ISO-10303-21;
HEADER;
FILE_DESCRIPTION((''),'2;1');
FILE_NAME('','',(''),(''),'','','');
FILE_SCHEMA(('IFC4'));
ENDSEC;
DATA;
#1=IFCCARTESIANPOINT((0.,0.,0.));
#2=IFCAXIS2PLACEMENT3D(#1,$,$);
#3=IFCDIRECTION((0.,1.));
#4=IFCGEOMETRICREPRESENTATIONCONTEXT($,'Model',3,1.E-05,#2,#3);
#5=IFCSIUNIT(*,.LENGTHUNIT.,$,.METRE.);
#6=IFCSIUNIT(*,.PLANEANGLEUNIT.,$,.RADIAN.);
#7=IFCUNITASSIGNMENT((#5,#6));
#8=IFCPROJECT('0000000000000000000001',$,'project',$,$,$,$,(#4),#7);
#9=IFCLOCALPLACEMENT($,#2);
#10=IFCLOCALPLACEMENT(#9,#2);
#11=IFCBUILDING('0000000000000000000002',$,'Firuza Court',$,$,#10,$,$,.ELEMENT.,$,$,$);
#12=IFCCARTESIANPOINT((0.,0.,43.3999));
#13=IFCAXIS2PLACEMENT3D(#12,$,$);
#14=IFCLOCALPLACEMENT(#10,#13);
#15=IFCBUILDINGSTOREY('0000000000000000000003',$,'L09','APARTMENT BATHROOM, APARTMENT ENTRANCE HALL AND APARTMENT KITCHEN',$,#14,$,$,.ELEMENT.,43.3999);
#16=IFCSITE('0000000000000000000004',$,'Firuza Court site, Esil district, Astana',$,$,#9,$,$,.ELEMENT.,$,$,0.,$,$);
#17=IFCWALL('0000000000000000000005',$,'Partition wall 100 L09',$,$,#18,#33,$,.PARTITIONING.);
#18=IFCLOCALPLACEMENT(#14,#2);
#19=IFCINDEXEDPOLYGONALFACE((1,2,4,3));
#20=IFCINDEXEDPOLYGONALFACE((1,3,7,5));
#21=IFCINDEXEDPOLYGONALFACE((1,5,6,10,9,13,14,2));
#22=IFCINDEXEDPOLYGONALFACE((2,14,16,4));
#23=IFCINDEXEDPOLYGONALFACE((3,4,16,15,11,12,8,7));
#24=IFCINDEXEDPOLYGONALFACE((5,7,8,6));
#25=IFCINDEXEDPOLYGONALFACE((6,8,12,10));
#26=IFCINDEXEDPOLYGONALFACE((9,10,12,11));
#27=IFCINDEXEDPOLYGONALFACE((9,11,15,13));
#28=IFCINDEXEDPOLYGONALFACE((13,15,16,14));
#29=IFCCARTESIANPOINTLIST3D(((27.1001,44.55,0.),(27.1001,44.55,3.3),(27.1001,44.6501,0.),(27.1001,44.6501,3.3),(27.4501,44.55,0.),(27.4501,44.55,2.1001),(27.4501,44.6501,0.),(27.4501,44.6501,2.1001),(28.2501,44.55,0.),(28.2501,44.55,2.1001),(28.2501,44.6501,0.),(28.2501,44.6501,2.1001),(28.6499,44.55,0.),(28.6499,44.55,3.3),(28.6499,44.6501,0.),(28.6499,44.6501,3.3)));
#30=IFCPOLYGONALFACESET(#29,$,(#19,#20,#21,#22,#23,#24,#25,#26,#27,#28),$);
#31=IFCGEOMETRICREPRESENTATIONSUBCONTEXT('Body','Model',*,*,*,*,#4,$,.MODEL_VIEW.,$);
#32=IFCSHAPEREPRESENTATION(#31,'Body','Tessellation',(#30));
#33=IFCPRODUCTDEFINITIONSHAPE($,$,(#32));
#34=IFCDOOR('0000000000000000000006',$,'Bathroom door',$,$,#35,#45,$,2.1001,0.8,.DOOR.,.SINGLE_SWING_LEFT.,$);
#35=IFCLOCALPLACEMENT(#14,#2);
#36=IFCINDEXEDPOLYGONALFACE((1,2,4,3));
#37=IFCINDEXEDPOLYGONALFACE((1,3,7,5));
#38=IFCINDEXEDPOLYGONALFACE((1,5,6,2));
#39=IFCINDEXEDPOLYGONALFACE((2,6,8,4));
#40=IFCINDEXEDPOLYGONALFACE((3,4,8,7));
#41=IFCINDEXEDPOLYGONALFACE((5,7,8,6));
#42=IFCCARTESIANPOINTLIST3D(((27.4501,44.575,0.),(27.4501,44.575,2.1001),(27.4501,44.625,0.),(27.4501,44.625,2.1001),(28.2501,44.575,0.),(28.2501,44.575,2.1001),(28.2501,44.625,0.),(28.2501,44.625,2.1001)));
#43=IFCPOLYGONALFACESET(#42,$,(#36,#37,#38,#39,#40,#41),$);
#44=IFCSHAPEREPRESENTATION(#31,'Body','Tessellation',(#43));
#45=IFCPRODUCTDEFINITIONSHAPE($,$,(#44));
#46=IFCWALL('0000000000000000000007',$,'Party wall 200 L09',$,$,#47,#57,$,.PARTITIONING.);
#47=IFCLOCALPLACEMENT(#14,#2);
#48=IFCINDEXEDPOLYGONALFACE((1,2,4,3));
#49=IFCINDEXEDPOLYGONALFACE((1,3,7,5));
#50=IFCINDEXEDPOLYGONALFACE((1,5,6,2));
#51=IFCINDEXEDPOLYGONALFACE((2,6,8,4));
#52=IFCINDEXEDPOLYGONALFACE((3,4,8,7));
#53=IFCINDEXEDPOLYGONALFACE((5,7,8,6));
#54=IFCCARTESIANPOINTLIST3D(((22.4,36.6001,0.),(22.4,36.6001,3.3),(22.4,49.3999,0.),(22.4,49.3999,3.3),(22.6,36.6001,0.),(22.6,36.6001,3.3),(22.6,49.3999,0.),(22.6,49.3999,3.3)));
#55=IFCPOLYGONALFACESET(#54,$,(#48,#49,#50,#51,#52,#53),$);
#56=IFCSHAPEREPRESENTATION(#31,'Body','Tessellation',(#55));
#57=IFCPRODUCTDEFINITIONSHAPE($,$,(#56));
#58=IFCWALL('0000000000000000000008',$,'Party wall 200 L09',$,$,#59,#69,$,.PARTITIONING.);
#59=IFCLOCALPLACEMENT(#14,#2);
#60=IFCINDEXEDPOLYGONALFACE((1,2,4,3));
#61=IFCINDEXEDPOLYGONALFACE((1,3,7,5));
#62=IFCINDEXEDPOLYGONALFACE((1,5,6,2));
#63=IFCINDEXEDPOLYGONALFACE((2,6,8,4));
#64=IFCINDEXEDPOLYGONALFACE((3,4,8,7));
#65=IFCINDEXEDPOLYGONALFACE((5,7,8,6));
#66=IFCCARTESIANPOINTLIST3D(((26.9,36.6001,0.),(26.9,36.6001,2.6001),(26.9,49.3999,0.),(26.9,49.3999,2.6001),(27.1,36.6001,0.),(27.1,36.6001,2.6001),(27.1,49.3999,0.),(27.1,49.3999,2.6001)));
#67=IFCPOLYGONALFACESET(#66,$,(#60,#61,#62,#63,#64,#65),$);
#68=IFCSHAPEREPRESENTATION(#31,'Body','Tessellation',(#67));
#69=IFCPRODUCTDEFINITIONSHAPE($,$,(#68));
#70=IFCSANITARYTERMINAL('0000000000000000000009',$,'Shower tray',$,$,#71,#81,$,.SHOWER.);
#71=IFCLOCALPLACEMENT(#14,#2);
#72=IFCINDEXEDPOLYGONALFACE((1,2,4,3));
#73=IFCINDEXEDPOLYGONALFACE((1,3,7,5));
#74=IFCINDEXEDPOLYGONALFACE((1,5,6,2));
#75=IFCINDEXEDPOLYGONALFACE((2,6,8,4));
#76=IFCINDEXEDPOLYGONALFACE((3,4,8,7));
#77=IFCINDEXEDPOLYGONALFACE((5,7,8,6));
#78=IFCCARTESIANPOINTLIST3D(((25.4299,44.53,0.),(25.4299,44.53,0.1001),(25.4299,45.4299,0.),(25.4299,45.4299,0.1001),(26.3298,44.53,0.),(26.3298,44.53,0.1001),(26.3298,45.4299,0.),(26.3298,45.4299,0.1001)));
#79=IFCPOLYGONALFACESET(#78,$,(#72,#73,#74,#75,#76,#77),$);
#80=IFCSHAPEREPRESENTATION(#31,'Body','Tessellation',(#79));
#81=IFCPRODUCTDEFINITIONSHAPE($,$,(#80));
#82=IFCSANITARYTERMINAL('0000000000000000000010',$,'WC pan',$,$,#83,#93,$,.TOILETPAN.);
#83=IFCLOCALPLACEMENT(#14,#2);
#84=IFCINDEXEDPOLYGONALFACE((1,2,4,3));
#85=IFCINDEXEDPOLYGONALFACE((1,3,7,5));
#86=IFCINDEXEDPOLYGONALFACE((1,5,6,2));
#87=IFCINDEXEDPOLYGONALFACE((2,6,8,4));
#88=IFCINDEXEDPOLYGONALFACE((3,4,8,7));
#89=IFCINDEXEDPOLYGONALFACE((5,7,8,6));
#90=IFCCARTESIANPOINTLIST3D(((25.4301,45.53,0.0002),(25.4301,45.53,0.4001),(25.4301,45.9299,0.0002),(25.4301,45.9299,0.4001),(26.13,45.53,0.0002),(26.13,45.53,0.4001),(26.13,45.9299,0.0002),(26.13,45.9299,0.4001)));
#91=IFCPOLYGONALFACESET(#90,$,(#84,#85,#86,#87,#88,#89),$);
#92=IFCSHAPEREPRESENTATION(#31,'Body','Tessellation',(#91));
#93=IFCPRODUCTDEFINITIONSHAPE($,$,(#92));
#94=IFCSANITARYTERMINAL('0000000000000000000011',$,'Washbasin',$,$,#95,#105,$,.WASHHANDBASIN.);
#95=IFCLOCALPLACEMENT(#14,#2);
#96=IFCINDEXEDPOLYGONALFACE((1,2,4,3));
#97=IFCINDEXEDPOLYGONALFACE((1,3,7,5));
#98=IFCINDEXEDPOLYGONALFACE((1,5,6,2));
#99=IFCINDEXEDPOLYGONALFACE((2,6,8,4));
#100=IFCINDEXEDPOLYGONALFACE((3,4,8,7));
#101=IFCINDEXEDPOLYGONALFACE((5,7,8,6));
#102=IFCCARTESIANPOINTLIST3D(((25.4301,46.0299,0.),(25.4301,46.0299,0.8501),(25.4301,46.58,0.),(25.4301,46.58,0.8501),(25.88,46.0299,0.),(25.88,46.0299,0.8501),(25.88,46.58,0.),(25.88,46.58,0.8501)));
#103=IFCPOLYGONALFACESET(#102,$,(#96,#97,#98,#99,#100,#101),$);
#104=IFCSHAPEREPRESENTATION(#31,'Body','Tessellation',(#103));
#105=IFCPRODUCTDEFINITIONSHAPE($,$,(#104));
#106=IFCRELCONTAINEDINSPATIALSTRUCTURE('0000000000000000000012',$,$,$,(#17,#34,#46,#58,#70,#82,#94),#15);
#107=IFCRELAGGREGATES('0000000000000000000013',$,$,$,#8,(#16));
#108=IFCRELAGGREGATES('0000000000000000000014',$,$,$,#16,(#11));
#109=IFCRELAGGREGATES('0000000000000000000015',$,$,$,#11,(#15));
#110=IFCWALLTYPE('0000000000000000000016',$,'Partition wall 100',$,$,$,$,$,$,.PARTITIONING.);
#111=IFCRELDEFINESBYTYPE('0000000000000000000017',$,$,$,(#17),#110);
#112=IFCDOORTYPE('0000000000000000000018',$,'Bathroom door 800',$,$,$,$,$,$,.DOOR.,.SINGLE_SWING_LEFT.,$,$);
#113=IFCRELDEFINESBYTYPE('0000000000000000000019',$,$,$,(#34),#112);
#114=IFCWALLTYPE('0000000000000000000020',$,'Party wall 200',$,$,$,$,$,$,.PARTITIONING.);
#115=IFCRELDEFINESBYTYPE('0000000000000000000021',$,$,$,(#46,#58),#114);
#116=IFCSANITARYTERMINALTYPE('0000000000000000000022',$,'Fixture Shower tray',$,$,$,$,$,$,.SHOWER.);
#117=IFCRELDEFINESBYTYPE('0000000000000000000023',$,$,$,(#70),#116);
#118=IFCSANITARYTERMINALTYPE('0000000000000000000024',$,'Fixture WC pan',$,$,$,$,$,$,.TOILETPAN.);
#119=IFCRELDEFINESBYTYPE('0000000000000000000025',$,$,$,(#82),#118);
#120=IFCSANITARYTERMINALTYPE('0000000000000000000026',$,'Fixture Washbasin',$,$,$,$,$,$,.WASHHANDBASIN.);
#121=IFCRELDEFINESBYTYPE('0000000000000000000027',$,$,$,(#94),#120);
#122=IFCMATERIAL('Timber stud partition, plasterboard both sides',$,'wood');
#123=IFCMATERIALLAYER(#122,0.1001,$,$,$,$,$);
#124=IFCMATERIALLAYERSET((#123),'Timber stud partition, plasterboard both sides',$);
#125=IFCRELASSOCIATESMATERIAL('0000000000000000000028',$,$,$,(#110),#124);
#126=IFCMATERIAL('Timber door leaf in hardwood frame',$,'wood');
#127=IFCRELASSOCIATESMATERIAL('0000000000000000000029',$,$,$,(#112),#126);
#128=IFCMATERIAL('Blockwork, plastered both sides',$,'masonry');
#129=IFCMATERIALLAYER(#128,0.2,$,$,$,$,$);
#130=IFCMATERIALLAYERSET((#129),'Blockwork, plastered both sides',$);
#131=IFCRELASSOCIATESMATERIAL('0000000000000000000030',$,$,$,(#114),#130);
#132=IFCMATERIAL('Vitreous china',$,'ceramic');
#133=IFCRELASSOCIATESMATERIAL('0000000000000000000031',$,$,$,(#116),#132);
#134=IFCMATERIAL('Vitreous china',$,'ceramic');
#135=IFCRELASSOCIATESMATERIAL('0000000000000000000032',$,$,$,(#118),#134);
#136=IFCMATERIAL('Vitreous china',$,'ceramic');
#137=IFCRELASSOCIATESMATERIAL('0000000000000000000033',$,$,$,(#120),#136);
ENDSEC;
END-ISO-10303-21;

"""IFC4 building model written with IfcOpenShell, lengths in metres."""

from ifc_helpers import new_model, si_unit, direction, frame, frame_2d, origin, origin_2d, place, context, subcontext, project, spatial, rectangle, extrude, material, layer, layer_set, type_object, element, fill, save


model = new_model("IFC4")

# Units and contexts
model_context = context("Model", 3, precision=1e-05, world=origin(), true_north=direction((0.0, 1.0)))
body_context = subcontext(model_context, "Body", "Model", "MODEL_VIEW")
ifc_project = project(units=[si_unit("LENGTHUNIT", "METRE"), si_unit("PLANEANGLEUNIT", "RADIAN")], contexts=[model_context])

# Site, building, storey
site_placement = place(None, origin())
site = spatial("IfcSite", under=ifc_project, at=site_placement, Name="Firuza Court site, Esil district, Astana", CompositionType="ELEMENT", RefElevation=0.0)
building_placement = place(site_placement, origin())
building = spatial("IfcBuilding", under=site, at=building_placement, Name="Firuza Court", CompositionType="ELEMENT")
storey_placement = place(building_placement, frame((0.0, 0.0, 43.3999)))
storey = spatial("IfcBuildingStorey", under=building, at=storey_placement, Name="L09", Description="APARTMENT BATHROOM, APARTMENT ENTRANCE HALL AND APARTMENT KITCHEN", CompositionType="ELEMENT", Elevation=43.3999)

# Shared definitions
ifc_material_1 = material(Name="Timber stud partition, plasterboard both sides", Category="wood")
ifc_layer_1 = layer(ifc_material_1, 0.1001)
ifc_layer_set_1 = layer_set([ifc_layer_1], Name="Timber stud partition, plasterboard both sides")
wall_type_1 = type_object("IfcWallType", Name="Partition wall 100", PredefinedType="PARTITIONING", material=ifc_layer_set_1)

# Wall, opening, door
ifc_material_2 = material(Name="Timber door leaf in hardwood frame", Category="wood")
door_type_1 = type_object("IfcDoorType", Name="Bathroom door 800", OperationType="SINGLE_SWING_LEFT", PredefinedType="DOOR", material=ifc_material_2)
wall_1_placement = place(storey_placement, frame((27.1001, 44.6001, 0.0), z_axis=(0.0, 0.0, 1.0), x_axis=(1.0, 0.0, 0.0)))
wall_1 = element("IfcWall", 1, at=wall_1_placement, inside=storey, type_object=wall_type_1, Name="Partition wall 100 L09", PredefinedType="PARTITIONING", context=body_context, shape_type="SweptSolid", body=[
    extrude(rectangle(XDim=1.5498, YDim=0.1001, at=frame_2d((0.7749, 0.0))), origin(), (0.0, 0.0, 1.0), 3.3),
])
opening_1_placement = place(wall_1_placement, frame((0.3501, 0.0, 0.0)))
opening_1 = element("IfcOpeningElement", 2, at=opening_1_placement, cuts=wall_1, PredefinedType="OPENING", context=body_context, shape_type="SweptSolid", body=[
    extrude(rectangle(XDim=0.8, YDim=2.1001, at=frame_2d((0.3999, 1.05))), frame((0.0, 0.062, 0.0), z_axis=(0.0, -1.0, 0.0), x_axis=(1.0, 0.0, 0.0)), (0.0, 0.0, 1.0), 0.124),
])
door_1_placement = place(opening_1_placement, origin())
door_1 = element("IfcDoor", 3, at=door_1_placement, inside=storey, type_object=door_type_1, Name="Bathroom door", OperationType="SINGLE_SWING_LEFT", OverallHeight=2.1001, OverallWidth=0.8, PredefinedType="DOOR", context=body_context, shape_type="SweptSolid", body=[
    extrude(rectangle(XDim=0.8, YDim=2.1001, at=frame_2d((0.3999, 1.05))), frame((0.0, 0.0249, 0.0), z_axis=(0.0, -1.0, 0.0), x_axis=(1.0, 0.0, 0.0)), (0.0, 0.0, 1.0), 0.05),
])
fill(opening_1, door_1)

# Walls
ifc_material_3 = material(Name="Blockwork, plastered both sides", Category="masonry")
ifc_layer_2 = layer(ifc_material_3, 0.2)
ifc_layer_set_2 = layer_set([ifc_layer_2], Name="Blockwork, plastered both sides")
wall_type_2 = type_object("IfcWallType", Name="Party wall 200", PredefinedType="PARTITIONING", material=ifc_layer_set_2)
wall_2_placement = place(storey_placement, frame((22.5, 36.6001, 0.0), z_axis=(0.0, 0.0, 1.0), x_axis=(0.0, 1.0, 0.0)))
element("IfcWall", 4, at=wall_2_placement, inside=storey, type_object=wall_type_2, Name="Party wall 200 L09", PredefinedType="PARTITIONING", context=body_context, shape_type="SweptSolid", body=[
    extrude(rectangle(XDim=12.7998, YDim=0.2, at=frame_2d((6.3999, 0.0))), origin(), (0.0, 0.0, 1.0), 3.3),
])
wall_3_placement = place(storey_placement, frame((27.0, 36.6001, 0.0), z_axis=(0.0, 0.0, 1.0), x_axis=(0.0, 1.0, 0.0)))
element("IfcWall", 5, at=wall_3_placement, inside=storey, type_object=wall_type_2, Name="Party wall 200 L09", PredefinedType="PARTITIONING", context=body_context, shape_type="SweptSolid", body=[
    extrude(rectangle(XDim=12.7998, YDim=0.2, at=frame_2d((6.3999, 0.0))), origin(), (0.0, 0.0, 1.0), 2.6001),
])

# Sanitary terminals
ifc_material_4 = material(Name="Vitreous china", Category="ceramic")
sanitary_terminal_type_1 = type_object("IfcSanitaryTerminalType", Name="Fixture Shower tray", PredefinedType="SHOWER", material=ifc_material_4)
sanitary_terminal_1_placement = place(storey_placement, frame((25.8799, 44.98, 0.0), z_axis=(0.0, 0.0, 1.0), x_axis=(1.0, 0.0, 0.0)))
element("IfcSanitaryTerminal", 6, at=sanitary_terminal_1_placement, inside=storey, type_object=sanitary_terminal_type_1, Name="Shower tray", PredefinedType="SHOWER", context=body_context, shape_type="SweptSolid", body=[
    extrude(rectangle(XDim=0.8999, YDim=0.8999, at=origin_2d()), origin(), (0.0, 0.0, 1.0), 0.1001),
])
ifc_material_5 = material(Name="Vitreous china", Category="ceramic")
sanitary_terminal_type_2 = type_object("IfcSanitaryTerminalType", Name="Fixture WC pan", PredefinedType="TOILETPAN", material=ifc_material_5)
sanitary_terminal_2_placement = place(storey_placement, frame((25.78, 45.73, 0.0002), z_axis=(0.0, 0.0, 1.0), x_axis=(1.0, 0.0, 0.0)))
element("IfcSanitaryTerminal", 7, at=sanitary_terminal_2_placement, inside=storey, type_object=sanitary_terminal_type_2, Name="WC pan", PredefinedType="TOILETPAN", context=body_context, shape_type="SweptSolid", body=[
    extrude(rectangle(XDim=0.7, YDim=0.3999, at=origin_2d()), origin(), (0.0, 0.0, 1.0), 0.3999),
])
ifc_material_6 = material(Name="Vitreous china", Category="ceramic")
sanitary_terminal_type_3 = type_object("IfcSanitaryTerminalType", Name="Fixture Washbasin", PredefinedType="WASHHANDBASIN", material=ifc_material_6)
sanitary_terminal_3_placement = place(storey_placement, frame((25.655, 46.3049, 0.0), z_axis=(0.0, 0.0, 1.0), x_axis=(1.0, 0.0, 0.0)))
element("IfcSanitaryTerminal", 8, at=sanitary_terminal_3_placement, inside=storey, type_object=sanitary_terminal_type_3, Name="Washbasin", PredefinedType="WASHHANDBASIN", context=body_context, shape_type="SweptSolid", body=[
    extrude(rectangle(XDim=0.45, YDim=0.55, at=origin_2d()), origin(), (0.0, 0.0, 1.0), 0.8501),
])

save(model, "model.ifc")
